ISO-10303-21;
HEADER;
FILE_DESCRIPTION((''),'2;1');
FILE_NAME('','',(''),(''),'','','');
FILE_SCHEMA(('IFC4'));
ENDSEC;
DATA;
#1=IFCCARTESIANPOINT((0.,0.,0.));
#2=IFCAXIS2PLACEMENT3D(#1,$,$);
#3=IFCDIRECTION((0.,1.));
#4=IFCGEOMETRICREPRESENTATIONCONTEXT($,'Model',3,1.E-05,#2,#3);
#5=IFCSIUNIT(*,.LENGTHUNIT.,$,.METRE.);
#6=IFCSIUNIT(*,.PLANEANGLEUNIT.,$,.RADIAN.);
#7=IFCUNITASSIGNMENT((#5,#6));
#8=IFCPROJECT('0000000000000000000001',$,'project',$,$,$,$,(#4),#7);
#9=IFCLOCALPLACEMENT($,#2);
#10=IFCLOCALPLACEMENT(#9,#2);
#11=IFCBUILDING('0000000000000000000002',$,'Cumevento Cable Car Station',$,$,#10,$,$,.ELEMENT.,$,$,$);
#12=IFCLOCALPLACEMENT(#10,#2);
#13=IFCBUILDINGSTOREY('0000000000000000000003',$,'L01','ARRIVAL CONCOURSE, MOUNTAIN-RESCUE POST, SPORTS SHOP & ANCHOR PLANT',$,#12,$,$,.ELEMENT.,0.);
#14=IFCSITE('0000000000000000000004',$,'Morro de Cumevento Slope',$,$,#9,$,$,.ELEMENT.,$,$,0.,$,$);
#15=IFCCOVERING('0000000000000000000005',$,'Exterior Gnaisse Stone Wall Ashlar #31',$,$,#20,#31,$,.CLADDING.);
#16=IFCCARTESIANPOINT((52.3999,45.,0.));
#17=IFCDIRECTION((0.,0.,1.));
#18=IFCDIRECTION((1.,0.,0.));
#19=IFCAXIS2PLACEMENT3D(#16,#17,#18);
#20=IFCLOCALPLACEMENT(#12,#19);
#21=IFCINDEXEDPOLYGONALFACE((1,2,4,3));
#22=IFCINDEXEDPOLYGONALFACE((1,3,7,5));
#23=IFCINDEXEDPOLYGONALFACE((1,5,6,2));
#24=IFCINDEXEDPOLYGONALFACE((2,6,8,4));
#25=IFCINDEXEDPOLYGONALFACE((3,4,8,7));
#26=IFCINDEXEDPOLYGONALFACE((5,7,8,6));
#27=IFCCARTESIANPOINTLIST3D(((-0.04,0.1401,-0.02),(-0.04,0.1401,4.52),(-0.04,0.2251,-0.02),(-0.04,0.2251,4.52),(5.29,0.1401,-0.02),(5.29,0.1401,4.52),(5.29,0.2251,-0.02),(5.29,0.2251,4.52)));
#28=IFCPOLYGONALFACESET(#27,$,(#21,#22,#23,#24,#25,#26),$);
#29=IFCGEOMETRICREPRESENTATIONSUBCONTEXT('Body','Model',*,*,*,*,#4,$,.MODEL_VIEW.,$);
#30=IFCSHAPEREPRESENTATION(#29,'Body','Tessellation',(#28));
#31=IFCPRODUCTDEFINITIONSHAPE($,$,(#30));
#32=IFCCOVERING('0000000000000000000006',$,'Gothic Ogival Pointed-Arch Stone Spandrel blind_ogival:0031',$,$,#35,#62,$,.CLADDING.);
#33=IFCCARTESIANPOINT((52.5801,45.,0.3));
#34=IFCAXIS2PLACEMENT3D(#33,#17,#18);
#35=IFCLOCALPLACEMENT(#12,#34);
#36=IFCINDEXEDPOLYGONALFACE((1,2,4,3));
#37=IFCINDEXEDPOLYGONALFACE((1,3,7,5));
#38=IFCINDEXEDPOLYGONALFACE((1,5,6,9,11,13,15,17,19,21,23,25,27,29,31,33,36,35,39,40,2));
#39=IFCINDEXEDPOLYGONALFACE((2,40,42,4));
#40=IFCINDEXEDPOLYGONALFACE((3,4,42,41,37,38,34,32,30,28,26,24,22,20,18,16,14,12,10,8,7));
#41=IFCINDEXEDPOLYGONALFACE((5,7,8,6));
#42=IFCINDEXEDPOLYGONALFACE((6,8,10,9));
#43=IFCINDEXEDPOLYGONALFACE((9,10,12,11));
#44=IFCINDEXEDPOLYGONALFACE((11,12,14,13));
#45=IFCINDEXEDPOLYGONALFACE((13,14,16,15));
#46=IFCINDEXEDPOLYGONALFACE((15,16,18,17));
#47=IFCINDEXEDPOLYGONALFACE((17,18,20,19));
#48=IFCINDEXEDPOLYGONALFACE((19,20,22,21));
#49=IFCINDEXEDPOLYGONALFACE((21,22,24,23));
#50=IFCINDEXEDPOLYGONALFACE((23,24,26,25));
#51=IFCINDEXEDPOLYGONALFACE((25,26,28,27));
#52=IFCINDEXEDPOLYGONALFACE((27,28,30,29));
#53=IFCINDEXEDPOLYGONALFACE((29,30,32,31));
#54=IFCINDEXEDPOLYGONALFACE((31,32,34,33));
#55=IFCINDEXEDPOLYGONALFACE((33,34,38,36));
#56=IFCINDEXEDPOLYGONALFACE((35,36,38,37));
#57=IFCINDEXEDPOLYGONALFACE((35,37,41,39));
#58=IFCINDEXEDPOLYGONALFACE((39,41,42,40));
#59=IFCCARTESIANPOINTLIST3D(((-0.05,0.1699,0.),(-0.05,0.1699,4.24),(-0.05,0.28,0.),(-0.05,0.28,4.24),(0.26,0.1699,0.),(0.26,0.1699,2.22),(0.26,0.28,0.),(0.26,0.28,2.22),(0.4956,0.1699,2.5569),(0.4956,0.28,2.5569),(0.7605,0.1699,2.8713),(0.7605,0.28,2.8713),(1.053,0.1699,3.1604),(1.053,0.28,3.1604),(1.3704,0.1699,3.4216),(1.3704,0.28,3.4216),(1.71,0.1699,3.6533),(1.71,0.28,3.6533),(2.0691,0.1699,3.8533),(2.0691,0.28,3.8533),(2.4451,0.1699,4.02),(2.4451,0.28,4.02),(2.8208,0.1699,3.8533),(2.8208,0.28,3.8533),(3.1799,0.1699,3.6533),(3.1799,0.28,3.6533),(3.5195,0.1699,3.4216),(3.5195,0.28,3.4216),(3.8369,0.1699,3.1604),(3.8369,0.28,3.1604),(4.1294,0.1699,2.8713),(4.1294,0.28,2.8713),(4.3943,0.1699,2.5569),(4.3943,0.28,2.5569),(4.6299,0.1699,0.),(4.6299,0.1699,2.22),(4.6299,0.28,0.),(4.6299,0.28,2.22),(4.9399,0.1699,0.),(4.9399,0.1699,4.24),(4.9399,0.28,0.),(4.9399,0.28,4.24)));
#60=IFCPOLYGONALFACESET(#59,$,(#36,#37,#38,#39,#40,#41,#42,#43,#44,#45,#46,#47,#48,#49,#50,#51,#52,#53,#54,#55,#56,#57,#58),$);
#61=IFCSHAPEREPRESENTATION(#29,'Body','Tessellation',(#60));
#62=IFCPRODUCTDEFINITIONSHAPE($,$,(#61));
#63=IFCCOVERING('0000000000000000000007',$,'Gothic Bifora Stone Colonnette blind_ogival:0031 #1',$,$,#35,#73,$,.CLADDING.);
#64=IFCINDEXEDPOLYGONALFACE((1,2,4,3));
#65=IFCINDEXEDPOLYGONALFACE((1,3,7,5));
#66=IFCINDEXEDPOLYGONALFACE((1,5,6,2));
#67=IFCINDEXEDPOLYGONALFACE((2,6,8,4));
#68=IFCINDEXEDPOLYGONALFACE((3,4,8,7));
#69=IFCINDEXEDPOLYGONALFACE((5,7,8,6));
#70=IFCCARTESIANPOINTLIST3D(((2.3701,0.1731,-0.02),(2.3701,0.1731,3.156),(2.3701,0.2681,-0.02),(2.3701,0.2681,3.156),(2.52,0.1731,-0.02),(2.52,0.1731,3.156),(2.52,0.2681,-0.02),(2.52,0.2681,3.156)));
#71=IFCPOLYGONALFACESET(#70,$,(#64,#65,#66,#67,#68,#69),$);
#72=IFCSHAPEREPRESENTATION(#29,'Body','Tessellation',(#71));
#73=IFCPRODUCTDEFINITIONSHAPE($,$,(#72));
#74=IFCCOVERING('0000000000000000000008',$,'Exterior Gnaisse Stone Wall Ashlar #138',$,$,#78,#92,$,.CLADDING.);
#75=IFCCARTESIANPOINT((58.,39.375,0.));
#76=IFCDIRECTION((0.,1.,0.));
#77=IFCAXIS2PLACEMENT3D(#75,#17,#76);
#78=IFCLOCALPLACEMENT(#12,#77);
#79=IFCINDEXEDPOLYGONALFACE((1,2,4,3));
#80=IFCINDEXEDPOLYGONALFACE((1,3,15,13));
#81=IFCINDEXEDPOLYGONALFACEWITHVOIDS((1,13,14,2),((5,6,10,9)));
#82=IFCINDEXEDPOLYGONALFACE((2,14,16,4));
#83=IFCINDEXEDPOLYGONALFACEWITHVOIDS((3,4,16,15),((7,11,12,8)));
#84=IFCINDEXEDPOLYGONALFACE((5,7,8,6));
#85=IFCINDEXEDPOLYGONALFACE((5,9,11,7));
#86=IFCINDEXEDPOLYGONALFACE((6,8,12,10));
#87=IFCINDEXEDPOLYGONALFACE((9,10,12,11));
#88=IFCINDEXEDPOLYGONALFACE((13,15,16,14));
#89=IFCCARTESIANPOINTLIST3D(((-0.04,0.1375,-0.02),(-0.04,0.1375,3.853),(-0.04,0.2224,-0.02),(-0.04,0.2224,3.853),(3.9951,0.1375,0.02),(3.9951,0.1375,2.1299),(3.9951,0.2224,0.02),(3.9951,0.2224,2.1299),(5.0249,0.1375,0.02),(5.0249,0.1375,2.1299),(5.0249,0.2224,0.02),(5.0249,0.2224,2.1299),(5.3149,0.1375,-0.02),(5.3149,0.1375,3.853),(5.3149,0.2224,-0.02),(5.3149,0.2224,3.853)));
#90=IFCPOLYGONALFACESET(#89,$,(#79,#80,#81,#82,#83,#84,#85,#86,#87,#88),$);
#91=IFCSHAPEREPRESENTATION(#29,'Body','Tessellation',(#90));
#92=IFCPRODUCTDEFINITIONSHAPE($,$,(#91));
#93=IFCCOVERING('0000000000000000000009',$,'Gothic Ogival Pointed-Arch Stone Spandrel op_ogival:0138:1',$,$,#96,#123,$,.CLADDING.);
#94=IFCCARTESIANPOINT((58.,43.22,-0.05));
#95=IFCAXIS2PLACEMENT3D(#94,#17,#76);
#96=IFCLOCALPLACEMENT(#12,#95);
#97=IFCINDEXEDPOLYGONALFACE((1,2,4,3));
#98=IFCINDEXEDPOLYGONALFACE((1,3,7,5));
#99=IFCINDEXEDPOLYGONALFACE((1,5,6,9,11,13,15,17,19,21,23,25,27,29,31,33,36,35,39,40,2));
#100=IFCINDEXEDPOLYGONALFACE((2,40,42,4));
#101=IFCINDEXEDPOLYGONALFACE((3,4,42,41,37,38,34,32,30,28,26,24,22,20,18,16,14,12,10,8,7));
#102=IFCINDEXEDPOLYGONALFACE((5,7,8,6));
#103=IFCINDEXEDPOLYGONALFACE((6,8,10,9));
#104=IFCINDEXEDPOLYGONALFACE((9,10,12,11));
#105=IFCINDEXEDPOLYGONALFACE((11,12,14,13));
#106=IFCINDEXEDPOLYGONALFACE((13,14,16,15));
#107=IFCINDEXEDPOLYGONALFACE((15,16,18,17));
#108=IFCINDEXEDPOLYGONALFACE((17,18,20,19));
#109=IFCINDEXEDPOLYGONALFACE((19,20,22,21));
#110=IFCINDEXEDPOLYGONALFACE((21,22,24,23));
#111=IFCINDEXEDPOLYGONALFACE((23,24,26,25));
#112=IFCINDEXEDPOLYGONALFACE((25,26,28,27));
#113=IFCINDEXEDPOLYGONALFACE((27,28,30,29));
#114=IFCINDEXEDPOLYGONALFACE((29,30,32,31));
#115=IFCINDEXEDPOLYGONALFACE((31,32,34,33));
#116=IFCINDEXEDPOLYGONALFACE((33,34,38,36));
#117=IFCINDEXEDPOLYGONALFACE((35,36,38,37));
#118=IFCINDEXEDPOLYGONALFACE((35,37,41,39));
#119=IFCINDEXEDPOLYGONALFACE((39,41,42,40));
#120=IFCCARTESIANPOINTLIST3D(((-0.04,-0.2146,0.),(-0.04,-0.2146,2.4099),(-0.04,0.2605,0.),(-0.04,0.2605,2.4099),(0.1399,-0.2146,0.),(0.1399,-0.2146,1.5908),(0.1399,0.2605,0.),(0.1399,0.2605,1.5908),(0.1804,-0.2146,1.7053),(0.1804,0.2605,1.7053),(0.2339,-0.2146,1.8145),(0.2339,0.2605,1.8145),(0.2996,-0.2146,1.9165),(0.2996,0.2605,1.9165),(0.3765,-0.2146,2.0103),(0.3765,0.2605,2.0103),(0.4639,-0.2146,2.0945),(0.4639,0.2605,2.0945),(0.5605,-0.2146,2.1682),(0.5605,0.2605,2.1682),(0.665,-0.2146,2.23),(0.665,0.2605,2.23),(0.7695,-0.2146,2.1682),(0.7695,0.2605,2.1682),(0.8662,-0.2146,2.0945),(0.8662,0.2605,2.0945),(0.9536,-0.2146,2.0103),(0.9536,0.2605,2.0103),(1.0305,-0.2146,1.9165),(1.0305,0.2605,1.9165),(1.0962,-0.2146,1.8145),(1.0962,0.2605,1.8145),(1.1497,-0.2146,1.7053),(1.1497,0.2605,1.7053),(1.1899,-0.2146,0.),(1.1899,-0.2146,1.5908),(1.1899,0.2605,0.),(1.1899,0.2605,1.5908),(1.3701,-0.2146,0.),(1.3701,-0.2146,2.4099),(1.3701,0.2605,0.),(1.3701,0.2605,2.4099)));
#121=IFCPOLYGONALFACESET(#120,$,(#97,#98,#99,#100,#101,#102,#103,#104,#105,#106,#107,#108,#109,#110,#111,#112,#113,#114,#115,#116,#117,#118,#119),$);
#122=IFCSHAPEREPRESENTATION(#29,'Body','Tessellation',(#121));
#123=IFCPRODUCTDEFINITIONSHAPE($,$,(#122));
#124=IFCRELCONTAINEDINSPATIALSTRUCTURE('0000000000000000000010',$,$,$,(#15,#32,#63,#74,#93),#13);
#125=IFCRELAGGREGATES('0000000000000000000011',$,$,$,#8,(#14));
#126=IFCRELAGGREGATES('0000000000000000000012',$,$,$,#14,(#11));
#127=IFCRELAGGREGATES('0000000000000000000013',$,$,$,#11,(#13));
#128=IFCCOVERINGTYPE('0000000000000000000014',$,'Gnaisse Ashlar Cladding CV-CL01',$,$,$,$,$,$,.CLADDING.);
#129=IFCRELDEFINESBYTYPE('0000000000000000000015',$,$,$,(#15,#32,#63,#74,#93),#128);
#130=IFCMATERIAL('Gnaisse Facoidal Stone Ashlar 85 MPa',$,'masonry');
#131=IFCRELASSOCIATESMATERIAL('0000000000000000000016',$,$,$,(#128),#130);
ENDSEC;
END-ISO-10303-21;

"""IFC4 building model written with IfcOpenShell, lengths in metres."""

from ifc_helpers import new_model, si_unit, direction, frame, origin, place, context, subcontext, project, spatial, polyline, outline, extrude, material, type_object, element, save


model = new_model("IFC4")

# Units and contexts
model_context = context("Model", 3, precision=1e-05, world=origin(), true_north=direction((0.0, 1.0)))
body_context = subcontext(model_context, "Body", "Model", "MODEL_VIEW")
ifc_project = project(units=[si_unit("LENGTHUNIT", "METRE"), si_unit("PLANEANGLEUNIT", "RADIAN")], contexts=[model_context])

# Site, building, storey
site_placement = place(None, origin())
site = spatial("IfcSite", under=ifc_project, at=site_placement, Name="Morro de Cumevento Slope", CompositionType="ELEMENT", RefElevation=0.0)
building_placement = place(site_placement, origin())
building = spatial("IfcBuilding", under=site, at=building_placement, Name="Cumevento Cable Car Station", CompositionType="ELEMENT")
storey_placement = place(building_placement, origin())
storey = spatial("IfcBuildingStorey", under=building, at=storey_placement, Name="L01", Description="ARRIVAL CONCOURSE, MOUNTAIN-RESCUE POST, SPORTS SHOP & ANCHOR PLANT", CompositionType="ELEMENT", Elevation=0.0)

# Coverings
ifc_material_1 = material(Name="Gnaisse Facoidal Stone Ashlar 85 MPa", Category="masonry")
covering_type = type_object("IfcCoveringType", Name="Gnaisse Ashlar Cladding CV-CL01", PredefinedType="CLADDING", material=ifc_material_1)
covering_1_placement = place(storey_placement, frame((52.3999, 45.0, 0.0), z_axis=(0.0, 0.0, 1.0), x_axis=(1.0, 0.0, 0.0)))
element("IfcCovering", 1, at=covering_1_placement, inside=storey, type_object=covering_type, Name="Exterior Gnaisse Stone Wall Ashlar #31", PredefinedType="CLADDING", context=body_context, shape_type="SweptSolid", body=[
    extrude(outline(polyline([(-0.04, -0.02), (5.29, -0.02), (5.29, 4.52), (-0.04, 4.52), (-0.04, -0.02)])), frame((0.0, 0.2251, 0.0), z_axis=(0.0, -1.0, 0.0), x_axis=(1.0, 0.0, 0.0)), (0.0, 0.0, 1.0), 0.085),
])
placement = place(storey_placement, frame((52.5801, 45.0, 0.3), z_axis=(0.0, 0.0, 1.0), x_axis=(1.0, 0.0, 0.0)))
element("IfcCovering", 2, at=placement, inside=storey, type_object=covering_type, Name="Gothic Ogival Pointed-Arch Stone Spandrel blind_ogival:0031", PredefinedType="CLADDING", context=body_context, shape_type="SweptSolid", body=[
    extrude(outline(polyline([(-0.05, 0.0), (-0.05, 4.24), (4.9399, 4.24), (4.9399, 0.0), (4.6299, 0.0), (4.6299, 2.22), (4.3943, 2.5569), (4.1294, 2.8713), (3.8369, 3.1604), (3.5195, 3.4216), (3.1799, 3.6533), (2.8208, 3.8533), (2.4451, 4.02), (2.0691, 3.8533), (1.71, 3.6533), (1.3704, 3.4216), (1.053, 3.1604), (0.7605, 2.8713), (0.4956, 2.5569), (0.26, 2.22), (0.26, 0.0), (-0.05, 0.0)])), frame((0.0, 0.28, 0.0), z_axis=(0.0, -1.0, 0.0), x_axis=(1.0, 0.0, 0.0)), (0.0, 0.0, 1.0), 0.1101),
])
element("IfcCovering", 3, at=placement, inside=storey, type_object=covering_type, Name="Gothic Bifora Stone Colonnette blind_ogival:0031 #1", PredefinedType="CLADDING", context=body_context, shape_type="SweptSolid", body=[
    extrude(outline(polyline([(2.3701, -0.02), (2.52, -0.02), (2.52, 3.156), (2.3701, 3.156), (2.3701, -0.02)])), frame((0.0, 0.2681, 0.0), z_axis=(0.0, -1.0, 0.0), x_axis=(1.0, 0.0, 0.0)), (0.0, 0.0, 1.0), 0.095),
])
covering_2_placement = place(storey_placement, frame((58.0, 39.375, 0.0), z_axis=(0.0, 0.0, 1.0), x_axis=(0.0, 1.0, 0.0)))
element("IfcCovering", 4, at=covering_2_placement, inside=storey, type_object=covering_type, Name="Exterior Gnaisse Stone Wall Ashlar #138", PredefinedType="CLADDING", context=body_context, shape_type="SweptSolid", body=[
    extrude(outline(polyline([(-0.04, -0.02), (5.3149, -0.02), (5.3149, 3.853), (-0.04, 3.853), (-0.04, -0.02)]), holes=[polyline([(3.9951, 0.02), (5.0249, 0.02), (5.0249, 2.1299), (3.9951, 2.1299), (3.9951, 0.02)])]), frame((0.0, 0.2224, 0.0), z_axis=(0.0, -1.0, 0.0), x_axis=(1.0, 0.0, 0.0)), (0.0, 0.0, 1.0), 0.085),
])
covering_3_placement = place(storey_placement, frame((58.0, 43.22, -0.05), z_axis=(0.0, 0.0, 1.0), x_axis=(0.0, 1.0, 0.0)))
element("IfcCovering", 5, at=covering_3_placement, inside=storey, type_object=covering_type, Name="Gothic Ogival Pointed-Arch Stone Spandrel op_ogival:0138:1", PredefinedType="CLADDING", context=body_context, shape_type="SweptSolid", body=[
    extrude(outline(polyline([(-0.04, 0.0), (-0.04, 2.4099), (1.3701, 2.4099), (1.3701, 0.0), (1.1899, 0.0), (1.1899, 1.5908), (1.1497, 1.7053), (1.0962, 1.8145), (1.0305, 1.9165), (0.9536, 2.0103), (0.8662, 2.0945), (0.7695, 2.1682), (0.665, 2.23), (0.5605, 2.1682), (0.4639, 2.0945), (0.3765, 2.0103), (0.2996, 1.9165), (0.2339, 1.8145), (0.1804, 1.7053), (0.1399, 1.5908), (0.1399, 0.0), (-0.04, 0.0)])), frame((0.0, 0.2605, 0.0), z_axis=(0.0, -1.0, 0.0), x_axis=(1.0, 0.0, 0.0)), (0.0, 0.0, 1.0), 0.4751),
])

save(model, "model.ifc")
